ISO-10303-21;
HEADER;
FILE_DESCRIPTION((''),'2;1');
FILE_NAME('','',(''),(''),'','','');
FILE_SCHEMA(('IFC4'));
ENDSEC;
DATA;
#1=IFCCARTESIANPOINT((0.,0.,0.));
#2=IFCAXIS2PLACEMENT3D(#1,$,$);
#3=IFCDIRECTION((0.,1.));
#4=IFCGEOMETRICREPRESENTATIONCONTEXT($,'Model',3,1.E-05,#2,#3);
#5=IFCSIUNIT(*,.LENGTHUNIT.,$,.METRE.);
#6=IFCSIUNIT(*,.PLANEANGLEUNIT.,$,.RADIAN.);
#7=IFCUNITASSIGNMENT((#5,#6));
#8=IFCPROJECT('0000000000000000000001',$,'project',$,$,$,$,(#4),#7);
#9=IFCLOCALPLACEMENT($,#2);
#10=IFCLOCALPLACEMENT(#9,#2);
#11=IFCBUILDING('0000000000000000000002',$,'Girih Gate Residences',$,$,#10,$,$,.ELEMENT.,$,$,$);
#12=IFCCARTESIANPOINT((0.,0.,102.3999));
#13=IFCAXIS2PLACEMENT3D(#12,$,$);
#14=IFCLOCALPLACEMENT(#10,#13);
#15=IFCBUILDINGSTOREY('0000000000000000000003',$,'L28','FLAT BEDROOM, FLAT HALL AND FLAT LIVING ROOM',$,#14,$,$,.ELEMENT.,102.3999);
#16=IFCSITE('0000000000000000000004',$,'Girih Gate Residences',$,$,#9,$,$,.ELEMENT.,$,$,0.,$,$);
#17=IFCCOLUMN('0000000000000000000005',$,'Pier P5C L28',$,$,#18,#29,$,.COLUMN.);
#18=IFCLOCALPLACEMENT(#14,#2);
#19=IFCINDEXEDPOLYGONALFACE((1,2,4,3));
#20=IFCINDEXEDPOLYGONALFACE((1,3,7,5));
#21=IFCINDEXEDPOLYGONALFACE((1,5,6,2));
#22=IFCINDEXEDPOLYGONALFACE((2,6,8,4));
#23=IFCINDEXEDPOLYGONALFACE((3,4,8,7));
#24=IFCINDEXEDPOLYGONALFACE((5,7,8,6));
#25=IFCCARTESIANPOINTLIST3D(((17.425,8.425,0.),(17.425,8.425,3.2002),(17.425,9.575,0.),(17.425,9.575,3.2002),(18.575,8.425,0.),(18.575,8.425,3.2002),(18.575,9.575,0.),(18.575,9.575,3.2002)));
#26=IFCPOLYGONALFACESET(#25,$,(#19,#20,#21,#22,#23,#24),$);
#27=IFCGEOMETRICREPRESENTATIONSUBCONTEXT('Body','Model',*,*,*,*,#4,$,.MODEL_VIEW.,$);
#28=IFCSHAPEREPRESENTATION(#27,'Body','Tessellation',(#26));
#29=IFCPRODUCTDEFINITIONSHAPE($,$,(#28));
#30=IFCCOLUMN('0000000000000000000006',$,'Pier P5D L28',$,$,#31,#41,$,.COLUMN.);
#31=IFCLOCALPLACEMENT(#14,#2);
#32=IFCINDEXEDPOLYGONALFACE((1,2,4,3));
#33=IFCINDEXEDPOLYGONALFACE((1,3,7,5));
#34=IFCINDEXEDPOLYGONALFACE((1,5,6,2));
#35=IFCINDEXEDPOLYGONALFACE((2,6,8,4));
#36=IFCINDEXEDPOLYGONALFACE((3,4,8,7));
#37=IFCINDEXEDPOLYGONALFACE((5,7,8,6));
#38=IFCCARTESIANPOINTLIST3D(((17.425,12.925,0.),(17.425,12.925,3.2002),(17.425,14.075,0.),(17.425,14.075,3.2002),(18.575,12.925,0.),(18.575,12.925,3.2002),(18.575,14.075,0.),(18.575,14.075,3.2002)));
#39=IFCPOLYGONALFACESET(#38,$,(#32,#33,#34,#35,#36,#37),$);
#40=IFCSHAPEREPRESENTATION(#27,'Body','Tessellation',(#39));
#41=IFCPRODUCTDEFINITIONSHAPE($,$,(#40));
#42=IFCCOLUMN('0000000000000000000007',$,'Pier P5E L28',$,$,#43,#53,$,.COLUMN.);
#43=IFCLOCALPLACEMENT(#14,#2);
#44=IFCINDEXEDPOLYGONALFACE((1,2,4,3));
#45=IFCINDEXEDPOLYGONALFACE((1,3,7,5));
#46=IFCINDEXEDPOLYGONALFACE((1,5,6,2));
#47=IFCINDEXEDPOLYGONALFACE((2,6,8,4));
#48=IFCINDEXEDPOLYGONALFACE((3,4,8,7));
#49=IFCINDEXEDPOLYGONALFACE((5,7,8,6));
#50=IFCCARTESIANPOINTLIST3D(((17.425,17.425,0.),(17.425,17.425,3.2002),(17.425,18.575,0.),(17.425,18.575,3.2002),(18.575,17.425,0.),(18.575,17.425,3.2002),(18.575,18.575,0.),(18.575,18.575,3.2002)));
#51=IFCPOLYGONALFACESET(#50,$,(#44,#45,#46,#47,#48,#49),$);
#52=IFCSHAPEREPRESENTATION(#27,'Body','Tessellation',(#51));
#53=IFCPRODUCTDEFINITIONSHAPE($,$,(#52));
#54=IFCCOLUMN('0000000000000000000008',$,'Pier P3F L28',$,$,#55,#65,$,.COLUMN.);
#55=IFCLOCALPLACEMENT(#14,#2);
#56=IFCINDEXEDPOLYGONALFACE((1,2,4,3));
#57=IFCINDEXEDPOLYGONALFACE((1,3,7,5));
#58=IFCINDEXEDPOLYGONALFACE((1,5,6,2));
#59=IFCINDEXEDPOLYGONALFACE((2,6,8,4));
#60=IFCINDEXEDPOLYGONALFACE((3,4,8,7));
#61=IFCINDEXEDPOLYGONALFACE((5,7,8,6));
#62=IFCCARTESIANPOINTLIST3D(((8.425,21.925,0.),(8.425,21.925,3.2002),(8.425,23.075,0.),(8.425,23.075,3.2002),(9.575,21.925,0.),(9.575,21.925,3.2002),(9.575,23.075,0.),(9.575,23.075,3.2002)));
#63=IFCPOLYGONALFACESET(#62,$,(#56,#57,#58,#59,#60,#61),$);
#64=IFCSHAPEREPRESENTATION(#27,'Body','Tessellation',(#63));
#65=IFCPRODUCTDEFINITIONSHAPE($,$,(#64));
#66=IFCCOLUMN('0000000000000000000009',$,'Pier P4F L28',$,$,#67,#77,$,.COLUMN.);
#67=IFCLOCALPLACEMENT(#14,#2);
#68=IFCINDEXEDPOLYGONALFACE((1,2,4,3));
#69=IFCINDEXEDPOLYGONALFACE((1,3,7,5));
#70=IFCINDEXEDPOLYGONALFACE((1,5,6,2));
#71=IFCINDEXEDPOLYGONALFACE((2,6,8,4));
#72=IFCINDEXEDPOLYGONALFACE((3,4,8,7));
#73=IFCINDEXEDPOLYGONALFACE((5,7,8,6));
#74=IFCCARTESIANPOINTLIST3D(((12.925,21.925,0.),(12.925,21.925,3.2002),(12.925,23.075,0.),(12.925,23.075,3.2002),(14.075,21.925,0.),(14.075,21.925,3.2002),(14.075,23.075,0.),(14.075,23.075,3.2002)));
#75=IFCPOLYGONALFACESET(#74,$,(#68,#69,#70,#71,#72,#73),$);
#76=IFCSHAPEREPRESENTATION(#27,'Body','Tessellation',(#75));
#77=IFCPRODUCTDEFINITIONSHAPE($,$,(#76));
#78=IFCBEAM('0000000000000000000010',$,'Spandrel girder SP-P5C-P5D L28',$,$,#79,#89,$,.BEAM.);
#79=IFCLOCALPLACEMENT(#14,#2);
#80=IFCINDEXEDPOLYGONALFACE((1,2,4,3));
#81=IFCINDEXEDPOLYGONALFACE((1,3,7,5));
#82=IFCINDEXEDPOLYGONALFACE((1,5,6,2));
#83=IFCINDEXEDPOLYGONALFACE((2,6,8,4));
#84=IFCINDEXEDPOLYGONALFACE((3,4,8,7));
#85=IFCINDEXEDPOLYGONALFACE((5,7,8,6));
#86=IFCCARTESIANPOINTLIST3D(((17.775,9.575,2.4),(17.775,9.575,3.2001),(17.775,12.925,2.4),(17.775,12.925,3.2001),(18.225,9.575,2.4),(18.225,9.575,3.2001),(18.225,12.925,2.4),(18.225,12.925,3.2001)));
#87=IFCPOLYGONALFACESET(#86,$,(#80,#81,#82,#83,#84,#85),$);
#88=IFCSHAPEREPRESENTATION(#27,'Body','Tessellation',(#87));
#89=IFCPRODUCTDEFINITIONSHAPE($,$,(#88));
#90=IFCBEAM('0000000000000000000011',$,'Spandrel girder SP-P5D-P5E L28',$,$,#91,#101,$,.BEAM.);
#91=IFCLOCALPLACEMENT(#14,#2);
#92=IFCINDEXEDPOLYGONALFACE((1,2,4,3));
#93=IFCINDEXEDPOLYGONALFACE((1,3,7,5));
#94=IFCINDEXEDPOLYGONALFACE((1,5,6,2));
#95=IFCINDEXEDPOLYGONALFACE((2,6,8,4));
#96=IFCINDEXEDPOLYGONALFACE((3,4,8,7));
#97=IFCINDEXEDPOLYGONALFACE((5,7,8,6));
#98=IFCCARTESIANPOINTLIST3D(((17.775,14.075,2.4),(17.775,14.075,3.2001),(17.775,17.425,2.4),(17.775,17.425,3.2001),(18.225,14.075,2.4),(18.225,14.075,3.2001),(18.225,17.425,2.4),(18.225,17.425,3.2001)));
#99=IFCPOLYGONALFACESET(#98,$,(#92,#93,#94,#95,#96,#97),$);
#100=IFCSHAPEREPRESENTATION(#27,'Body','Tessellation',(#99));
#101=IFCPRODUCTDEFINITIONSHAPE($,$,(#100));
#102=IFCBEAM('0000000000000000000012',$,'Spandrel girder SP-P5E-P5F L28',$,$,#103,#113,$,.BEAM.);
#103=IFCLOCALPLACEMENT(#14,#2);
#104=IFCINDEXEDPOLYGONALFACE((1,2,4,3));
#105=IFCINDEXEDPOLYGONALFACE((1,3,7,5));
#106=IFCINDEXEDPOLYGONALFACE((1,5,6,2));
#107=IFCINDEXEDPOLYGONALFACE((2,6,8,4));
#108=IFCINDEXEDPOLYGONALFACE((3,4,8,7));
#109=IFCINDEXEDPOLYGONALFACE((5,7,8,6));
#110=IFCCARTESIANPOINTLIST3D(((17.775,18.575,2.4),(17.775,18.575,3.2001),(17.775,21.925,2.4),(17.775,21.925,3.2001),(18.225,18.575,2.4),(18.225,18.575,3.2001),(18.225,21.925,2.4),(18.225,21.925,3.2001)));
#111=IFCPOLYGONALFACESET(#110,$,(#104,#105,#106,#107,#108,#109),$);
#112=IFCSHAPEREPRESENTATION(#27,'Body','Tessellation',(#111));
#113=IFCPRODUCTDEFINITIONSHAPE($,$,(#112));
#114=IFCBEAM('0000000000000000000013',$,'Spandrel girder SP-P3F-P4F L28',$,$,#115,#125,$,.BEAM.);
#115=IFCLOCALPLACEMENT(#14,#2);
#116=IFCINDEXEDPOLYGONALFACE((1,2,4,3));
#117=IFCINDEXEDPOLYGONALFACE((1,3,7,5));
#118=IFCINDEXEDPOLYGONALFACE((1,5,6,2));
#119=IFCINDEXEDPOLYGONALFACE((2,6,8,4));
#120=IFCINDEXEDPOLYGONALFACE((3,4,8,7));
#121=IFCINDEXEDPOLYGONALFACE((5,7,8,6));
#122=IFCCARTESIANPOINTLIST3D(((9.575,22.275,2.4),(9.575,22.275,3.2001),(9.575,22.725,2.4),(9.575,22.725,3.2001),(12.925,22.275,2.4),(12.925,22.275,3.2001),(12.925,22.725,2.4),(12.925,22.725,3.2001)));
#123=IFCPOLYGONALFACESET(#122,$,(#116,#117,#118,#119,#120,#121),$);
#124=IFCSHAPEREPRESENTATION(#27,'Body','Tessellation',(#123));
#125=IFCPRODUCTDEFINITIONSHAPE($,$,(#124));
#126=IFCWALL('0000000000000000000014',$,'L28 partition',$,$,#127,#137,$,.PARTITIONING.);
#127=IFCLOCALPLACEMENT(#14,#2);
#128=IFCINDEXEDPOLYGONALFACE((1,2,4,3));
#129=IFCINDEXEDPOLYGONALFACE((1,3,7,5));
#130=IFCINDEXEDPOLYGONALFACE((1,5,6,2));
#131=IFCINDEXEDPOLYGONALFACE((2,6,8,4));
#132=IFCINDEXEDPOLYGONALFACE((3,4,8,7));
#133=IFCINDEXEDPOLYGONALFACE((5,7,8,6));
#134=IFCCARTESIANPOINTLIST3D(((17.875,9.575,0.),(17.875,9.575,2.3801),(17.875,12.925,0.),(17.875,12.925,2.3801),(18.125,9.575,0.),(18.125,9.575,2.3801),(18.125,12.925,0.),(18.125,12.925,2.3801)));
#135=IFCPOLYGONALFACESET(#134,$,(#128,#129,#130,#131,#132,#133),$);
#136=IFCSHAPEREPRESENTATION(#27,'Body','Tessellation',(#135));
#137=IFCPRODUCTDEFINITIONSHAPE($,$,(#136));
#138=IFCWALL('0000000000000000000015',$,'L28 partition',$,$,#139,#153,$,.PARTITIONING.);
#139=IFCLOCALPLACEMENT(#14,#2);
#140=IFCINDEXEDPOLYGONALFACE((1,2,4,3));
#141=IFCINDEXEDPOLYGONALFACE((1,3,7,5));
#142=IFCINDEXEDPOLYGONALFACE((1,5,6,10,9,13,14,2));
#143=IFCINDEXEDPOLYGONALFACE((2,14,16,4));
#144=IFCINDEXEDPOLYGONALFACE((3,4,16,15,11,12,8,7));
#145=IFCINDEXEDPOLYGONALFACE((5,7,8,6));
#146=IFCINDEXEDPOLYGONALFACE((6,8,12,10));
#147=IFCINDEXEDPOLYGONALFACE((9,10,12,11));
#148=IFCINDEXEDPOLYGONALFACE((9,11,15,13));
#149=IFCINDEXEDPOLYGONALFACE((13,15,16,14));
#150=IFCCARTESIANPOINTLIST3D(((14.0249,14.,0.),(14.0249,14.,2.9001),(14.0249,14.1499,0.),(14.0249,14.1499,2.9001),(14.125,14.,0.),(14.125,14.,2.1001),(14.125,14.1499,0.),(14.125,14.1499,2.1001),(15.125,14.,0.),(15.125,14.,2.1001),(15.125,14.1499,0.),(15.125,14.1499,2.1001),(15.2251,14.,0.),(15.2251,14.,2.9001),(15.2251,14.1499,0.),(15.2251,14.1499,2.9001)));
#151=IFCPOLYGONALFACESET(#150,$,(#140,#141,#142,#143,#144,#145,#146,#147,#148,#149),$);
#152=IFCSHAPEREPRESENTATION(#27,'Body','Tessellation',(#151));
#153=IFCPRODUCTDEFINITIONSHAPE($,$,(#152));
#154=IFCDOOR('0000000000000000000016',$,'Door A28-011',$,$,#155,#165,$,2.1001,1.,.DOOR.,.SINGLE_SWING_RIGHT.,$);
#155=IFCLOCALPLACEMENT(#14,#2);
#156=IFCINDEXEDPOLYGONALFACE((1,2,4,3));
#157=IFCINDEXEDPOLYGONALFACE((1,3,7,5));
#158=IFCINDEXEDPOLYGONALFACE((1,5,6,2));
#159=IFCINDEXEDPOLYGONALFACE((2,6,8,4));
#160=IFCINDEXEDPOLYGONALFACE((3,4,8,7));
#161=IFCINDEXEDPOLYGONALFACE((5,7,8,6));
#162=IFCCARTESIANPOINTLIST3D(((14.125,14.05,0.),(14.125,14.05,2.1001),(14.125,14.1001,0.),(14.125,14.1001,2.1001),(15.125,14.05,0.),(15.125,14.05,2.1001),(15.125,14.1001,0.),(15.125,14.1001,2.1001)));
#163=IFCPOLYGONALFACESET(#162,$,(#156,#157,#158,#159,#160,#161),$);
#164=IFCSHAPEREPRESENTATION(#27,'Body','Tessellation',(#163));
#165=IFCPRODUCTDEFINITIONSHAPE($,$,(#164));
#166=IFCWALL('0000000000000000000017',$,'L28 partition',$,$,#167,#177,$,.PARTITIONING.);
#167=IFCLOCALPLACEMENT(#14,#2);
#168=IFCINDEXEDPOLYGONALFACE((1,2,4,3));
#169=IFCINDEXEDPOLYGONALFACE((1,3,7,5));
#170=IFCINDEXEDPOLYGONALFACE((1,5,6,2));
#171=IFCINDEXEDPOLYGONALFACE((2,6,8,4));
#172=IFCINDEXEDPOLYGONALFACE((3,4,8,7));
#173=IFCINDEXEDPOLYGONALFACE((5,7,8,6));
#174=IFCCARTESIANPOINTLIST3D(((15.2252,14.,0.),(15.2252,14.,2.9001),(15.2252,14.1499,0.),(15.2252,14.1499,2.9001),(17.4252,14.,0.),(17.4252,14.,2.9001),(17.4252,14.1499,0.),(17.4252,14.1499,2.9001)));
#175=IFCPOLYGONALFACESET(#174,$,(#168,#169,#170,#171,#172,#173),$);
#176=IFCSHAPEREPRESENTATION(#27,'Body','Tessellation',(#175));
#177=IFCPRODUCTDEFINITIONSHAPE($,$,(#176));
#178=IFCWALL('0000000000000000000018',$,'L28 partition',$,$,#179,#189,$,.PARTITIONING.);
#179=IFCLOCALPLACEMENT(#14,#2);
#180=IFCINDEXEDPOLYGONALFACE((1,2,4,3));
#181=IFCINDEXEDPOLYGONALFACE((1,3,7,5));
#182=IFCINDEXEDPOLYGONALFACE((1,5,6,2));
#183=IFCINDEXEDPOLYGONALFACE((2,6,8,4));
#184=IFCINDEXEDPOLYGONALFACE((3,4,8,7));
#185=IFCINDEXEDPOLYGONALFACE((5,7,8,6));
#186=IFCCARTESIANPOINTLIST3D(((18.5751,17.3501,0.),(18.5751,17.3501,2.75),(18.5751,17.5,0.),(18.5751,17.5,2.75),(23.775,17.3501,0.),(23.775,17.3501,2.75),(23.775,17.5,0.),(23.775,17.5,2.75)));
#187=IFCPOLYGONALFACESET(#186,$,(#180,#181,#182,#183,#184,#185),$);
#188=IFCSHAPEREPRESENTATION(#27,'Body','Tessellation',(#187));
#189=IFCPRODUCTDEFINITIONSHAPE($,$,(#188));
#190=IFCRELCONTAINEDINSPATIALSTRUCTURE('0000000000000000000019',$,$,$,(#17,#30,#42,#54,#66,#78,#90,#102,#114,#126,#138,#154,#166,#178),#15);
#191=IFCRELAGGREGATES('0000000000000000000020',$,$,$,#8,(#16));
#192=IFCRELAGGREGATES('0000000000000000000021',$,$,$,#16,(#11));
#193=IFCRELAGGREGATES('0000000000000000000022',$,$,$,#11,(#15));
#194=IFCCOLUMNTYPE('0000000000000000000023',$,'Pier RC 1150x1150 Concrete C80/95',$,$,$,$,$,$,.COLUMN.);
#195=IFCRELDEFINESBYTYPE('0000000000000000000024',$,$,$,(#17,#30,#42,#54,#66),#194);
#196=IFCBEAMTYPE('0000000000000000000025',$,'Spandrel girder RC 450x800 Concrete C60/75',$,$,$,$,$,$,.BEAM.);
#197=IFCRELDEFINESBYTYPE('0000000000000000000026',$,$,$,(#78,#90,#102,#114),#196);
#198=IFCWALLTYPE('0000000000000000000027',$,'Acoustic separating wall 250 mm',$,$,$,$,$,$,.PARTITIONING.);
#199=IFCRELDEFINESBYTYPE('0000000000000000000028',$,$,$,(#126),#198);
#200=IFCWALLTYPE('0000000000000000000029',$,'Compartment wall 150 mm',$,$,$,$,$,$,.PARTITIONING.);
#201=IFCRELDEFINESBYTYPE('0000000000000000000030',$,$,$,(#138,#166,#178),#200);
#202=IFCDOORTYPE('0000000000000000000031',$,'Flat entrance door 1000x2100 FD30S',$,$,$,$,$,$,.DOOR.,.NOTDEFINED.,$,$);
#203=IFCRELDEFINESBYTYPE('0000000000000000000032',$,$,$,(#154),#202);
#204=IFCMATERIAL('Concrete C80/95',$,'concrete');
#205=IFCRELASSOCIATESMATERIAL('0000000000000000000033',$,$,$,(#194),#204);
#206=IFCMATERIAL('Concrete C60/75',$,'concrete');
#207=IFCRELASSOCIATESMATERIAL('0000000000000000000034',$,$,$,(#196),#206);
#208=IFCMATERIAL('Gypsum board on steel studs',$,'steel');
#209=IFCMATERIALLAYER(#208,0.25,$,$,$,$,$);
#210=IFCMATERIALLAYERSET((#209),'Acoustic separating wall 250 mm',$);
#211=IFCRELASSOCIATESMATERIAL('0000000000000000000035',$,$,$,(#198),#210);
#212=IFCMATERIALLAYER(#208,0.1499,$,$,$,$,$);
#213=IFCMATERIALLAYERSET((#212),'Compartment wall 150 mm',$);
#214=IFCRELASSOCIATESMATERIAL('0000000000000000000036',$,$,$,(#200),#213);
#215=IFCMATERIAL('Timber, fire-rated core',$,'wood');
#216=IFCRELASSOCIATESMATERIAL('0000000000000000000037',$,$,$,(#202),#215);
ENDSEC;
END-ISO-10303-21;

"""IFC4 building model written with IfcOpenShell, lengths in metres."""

from ifc_helpers import new_model, si_unit, direction, frame, frame_2d, origin, origin_2d, place, context, subcontext, project, spatial, rectangle, extrude, material, layer, layer_set, material_profile, profile_set, type_object, element, fill, save


model = new_model("IFC4")

# Units and contexts
model_context = context("Model", 3, precision=1e-05, world=origin(), true_north=direction((0.0, 1.0)))
body_context = subcontext(model_context, "Body", "Model", "MODEL_VIEW")
ifc_project = project(units=[si_unit("LENGTHUNIT", "METRE"), si_unit("PLANEANGLEUNIT", "RADIAN")], contexts=[model_context])

# Site, building, storey
site_placement = place(None, origin())
site = spatial("IfcSite", under=ifc_project, at=site_placement, Name="Girih Gate Residences", CompositionType="ELEMENT", RefElevation=0.0)
building_placement = place(site_placement, origin())
building = spatial("IfcBuilding", under=site, at=building_placement, Name="Girih Gate Residences", CompositionType="ELEMENT")
storey_placement = place(building_placement, frame((0.0, 0.0, 102.3999)))
storey = spatial("IfcBuildingStorey", under=building, at=storey_placement, Name="L28", Description="FLAT BEDROOM, FLAT HALL AND FLAT LIVING ROOM", CompositionType="ELEMENT", Elevation=102.3999)

# Columns
ifc_material_1 = material(Name="Concrete C80/95", Category="concrete")
ifc_material_profile_1 = material_profile(ifc_material_1, rectangle(XDim=1.1499, YDim=1.1499, at=origin_2d()))
ifc_profile_set_1 = profile_set([ifc_material_profile_1], Name="Concrete C80/95")
column_type = type_object("IfcColumnType", Name="Pier RC 1150x1150 Concrete C80/95", PredefinedType="COLUMN", material=ifc_profile_set_1)
for number, where, z_axis, x_axis, name in (
    (1, (18.0, 9.0, 0.0), (0.0, 0.0, 1.0), (1.0, 0.0, 0.0), "Pier P5C L28"),
    (2, (18.0, 13.5, 0.0), (0.0, 0.0, 1.0), (1.0, 0.0, 0.0), "Pier P5D L28"),
    (3, (18.0, 18.0, 0.0), (0.0, 0.0, 1.0), (1.0, 0.0, 0.0), "Pier P5E L28"),
    (4, (9.0, 22.5, 0.0), (0.0, 0.0, 1.0), (1.0, 0.0, 0.0), "Pier P3F L28"),
    (5, (13.5, 22.5, 0.0), (0.0, 0.0, 1.0), (1.0, 0.0, 0.0), "Pier P4F L28"),
):
    element("IfcColumn", number, at=place(storey_placement, frame(where, z_axis=z_axis, x_axis=x_axis)), inside=storey, type_object=column_type, Name=name, PredefinedType="COLUMN", context=body_context, shape_type="SweptSolid", body=[
        extrude(rectangle(XDim=1.1499, YDim=1.1499, at=origin_2d()), origin(), (0.0, 0.0, 1.0), 3.2002),
    ])

# Beams
ifc_material_2 = material(Name="Concrete C60/75", Category="concrete")
ifc_material_profile_2 = material_profile(ifc_material_2, rectangle(XDim=0.45, YDim=0.8, at=origin_2d()))
ifc_profile_set_2 = profile_set([ifc_material_profile_2], Name="Concrete C60/75")
beam_type = type_object("IfcBeamType", Name="Spandrel girder RC 450x800 Concrete C60/75", PredefinedType="BEAM", material=ifc_profile_set_2)
for number, where, z_axis, x_axis, name in (
    (6, (18.0, 9.575, 2.8), (0.0, 1.0, 0.0), (-1.0, 0.0, 0.0), "Spandrel girder SP-P5C-P5D L28"),
    (7, (18.0, 14.075, 2.8), (0.0, 1.0, 0.0), (-1.0, 0.0, 0.0), "Spandrel girder SP-P5D-P5E L28"),
    (8, (18.0, 18.575, 2.8), (0.0, 1.0, 0.0), (-1.0, 0.0, 0.0), "Spandrel girder SP-P5E-P5F L28"),
    (9, (9.575, 22.5, 2.8), (1.0, 0.0, 0.0), (0.0, 1.0, 0.0), "Spandrel girder SP-P3F-P4F L28"),
):
    element("IfcBeam", number, at=place(storey_placement, frame(where, z_axis=z_axis, x_axis=x_axis)), inside=storey, type_object=beam_type, Name=name, PredefinedType="BEAM", context=body_context, shape_type="SweptSolid", body=[
        extrude(rectangle(XDim=0.45, YDim=0.8, at=origin_2d()), origin(), (0.0, 0.0, 1.0), 3.3501),
    ])

# Wall
ifc_material_3 = material(Name="Gypsum board on steel studs", Category="steel")
ifc_layer_1 = layer(ifc_material_3, 0.25)
ifc_layer_set_1 = layer_set([ifc_layer_1], Name="Acoustic separating wall 250 mm")
wall_type_1 = type_object("IfcWallType", Name="Acoustic separating wall 250 mm", PredefinedType="PARTITIONING", material=ifc_layer_set_1)
wall_1_placement = place(storey_placement, frame((18.0, 9.575, 0.0), z_axis=(0.0, 0.0, 1.0), x_axis=(0.0, 1.0, 0.0)))
element("IfcWall", 10, at=wall_1_placement, inside=storey, type_object=wall_type_1, Name="L28 partition", PredefinedType="PARTITIONING", context=body_context, shape_type="SweptSolid", body=[
    extrude(rectangle(XDim=3.3501, YDim=0.25, at=frame_2d((1.675, 0.0))), origin(), (0.0, 0.0, 1.0), 2.3801),
])

# Wall, opening, door
ifc_layer_2 = layer(ifc_material_3, 0.1499)
ifc_layer_set_2 = layer_set([ifc_layer_2], Name="Compartment wall 150 mm")
wall_type_2 = type_object("IfcWallType", Name="Compartment wall 150 mm", PredefinedType="PARTITIONING", material=ifc_layer_set_2)
wall_2_placement = place(storey_placement, frame((15.2251, 14.075, 0.0), z_axis=(0.0, 0.0, 1.0), x_axis=(-1.0, 0.0, 0.0)))
wall_2 = element("IfcWall", 11, at=wall_2_placement, inside=storey, type_object=wall_type_2, Name="L28 partition", PredefinedType="PARTITIONING", context=body_context, shape_type="SweptSolid", body=[
    extrude(rectangle(XDim=1.2002, YDim=0.1499, at=frame_2d((0.6001, 0.0))), origin(), (0.0, 0.0, 1.0), 2.9001),
])
opening_1_placement = place(wall_2_placement, frame((0.1001, 0.0, 0.0)))
opening_1 = element("IfcOpeningElement", 12, at=opening_1_placement, cuts=wall_2, PredefinedType="OPENING", context=body_context, shape_type="SweptSolid", body=[
    extrude(rectangle(XDim=1.0, YDim=2.1001, at=frame_2d((0.5, 1.05))), frame((0.0, 0.085, 0.0), z_axis=(0.0, -1.0, 0.0), x_axis=(1.0, 0.0, 0.0)), (0.0, 0.0, 1.0), 0.1699),
])
ifc_material_4 = material(Name="Timber, fire-rated core", Category="wood")
door_type_1 = type_object("IfcDoorType", Name="Flat entrance door 1000x2100 FD30S", OperationType="NOTDEFINED", PredefinedType="DOOR", material=ifc_material_4)
door_1_placement = place(opening_1_placement, origin())
door_1 = element("IfcDoor", 13, at=door_1_placement, inside=storey, type_object=door_type_1, Name="Door A28-011", OperationType="SINGLE_SWING_RIGHT", OverallHeight=2.1001, OverallWidth=1.0, PredefinedType="DOOR", context=body_context, shape_type="SweptSolid", body=[
    extrude(rectangle(XDim=1.0, YDim=2.1001, at=frame_2d((0.5, 1.05))), frame((0.0, 0.0249, 0.0), z_axis=(0.0, -1.0, 0.0), x_axis=(1.0, 0.0, 0.0)), (0.0, 0.0, 1.0), 0.05),
])
fill(opening_1, door_1)

# Walls
wall_3_placement = place(storey_placement, frame((15.2251, 14.075, 0.0), z_axis=(0.0, 0.0, 1.0), x_axis=(1.0, 0.0, 0.0)))
element("IfcWall", 14, at=wall_3_placement, inside=storey, type_object=wall_type_2, Name="L28 partition", PredefinedType="PARTITIONING", context=body_context, shape_type="SweptSolid", body=[
    extrude(rectangle(XDim=2.2, YDim=0.1499, at=frame_2d((1.1001, 0.0))), origin(), (0.0, 0.0, 1.0), 2.9001),
])
wall_4_placement = place(storey_placement, frame((18.575, 17.425, 0.0), z_axis=(0.0, 0.0, 1.0), x_axis=(1.0, 0.0, 0.0)))
element("IfcWall", 15, at=wall_4_placement, inside=storey, type_object=wall_type_2, Name="L28 partition", PredefinedType="PARTITIONING", context=body_context, shape_type="SweptSolid", body=[
    extrude(rectangle(XDim=5.2, YDim=0.1499, at=frame_2d((2.6001, 0.0))), origin(), (0.0, 0.0, 1.0), 2.75),
])

save(model, "model.ifc")
